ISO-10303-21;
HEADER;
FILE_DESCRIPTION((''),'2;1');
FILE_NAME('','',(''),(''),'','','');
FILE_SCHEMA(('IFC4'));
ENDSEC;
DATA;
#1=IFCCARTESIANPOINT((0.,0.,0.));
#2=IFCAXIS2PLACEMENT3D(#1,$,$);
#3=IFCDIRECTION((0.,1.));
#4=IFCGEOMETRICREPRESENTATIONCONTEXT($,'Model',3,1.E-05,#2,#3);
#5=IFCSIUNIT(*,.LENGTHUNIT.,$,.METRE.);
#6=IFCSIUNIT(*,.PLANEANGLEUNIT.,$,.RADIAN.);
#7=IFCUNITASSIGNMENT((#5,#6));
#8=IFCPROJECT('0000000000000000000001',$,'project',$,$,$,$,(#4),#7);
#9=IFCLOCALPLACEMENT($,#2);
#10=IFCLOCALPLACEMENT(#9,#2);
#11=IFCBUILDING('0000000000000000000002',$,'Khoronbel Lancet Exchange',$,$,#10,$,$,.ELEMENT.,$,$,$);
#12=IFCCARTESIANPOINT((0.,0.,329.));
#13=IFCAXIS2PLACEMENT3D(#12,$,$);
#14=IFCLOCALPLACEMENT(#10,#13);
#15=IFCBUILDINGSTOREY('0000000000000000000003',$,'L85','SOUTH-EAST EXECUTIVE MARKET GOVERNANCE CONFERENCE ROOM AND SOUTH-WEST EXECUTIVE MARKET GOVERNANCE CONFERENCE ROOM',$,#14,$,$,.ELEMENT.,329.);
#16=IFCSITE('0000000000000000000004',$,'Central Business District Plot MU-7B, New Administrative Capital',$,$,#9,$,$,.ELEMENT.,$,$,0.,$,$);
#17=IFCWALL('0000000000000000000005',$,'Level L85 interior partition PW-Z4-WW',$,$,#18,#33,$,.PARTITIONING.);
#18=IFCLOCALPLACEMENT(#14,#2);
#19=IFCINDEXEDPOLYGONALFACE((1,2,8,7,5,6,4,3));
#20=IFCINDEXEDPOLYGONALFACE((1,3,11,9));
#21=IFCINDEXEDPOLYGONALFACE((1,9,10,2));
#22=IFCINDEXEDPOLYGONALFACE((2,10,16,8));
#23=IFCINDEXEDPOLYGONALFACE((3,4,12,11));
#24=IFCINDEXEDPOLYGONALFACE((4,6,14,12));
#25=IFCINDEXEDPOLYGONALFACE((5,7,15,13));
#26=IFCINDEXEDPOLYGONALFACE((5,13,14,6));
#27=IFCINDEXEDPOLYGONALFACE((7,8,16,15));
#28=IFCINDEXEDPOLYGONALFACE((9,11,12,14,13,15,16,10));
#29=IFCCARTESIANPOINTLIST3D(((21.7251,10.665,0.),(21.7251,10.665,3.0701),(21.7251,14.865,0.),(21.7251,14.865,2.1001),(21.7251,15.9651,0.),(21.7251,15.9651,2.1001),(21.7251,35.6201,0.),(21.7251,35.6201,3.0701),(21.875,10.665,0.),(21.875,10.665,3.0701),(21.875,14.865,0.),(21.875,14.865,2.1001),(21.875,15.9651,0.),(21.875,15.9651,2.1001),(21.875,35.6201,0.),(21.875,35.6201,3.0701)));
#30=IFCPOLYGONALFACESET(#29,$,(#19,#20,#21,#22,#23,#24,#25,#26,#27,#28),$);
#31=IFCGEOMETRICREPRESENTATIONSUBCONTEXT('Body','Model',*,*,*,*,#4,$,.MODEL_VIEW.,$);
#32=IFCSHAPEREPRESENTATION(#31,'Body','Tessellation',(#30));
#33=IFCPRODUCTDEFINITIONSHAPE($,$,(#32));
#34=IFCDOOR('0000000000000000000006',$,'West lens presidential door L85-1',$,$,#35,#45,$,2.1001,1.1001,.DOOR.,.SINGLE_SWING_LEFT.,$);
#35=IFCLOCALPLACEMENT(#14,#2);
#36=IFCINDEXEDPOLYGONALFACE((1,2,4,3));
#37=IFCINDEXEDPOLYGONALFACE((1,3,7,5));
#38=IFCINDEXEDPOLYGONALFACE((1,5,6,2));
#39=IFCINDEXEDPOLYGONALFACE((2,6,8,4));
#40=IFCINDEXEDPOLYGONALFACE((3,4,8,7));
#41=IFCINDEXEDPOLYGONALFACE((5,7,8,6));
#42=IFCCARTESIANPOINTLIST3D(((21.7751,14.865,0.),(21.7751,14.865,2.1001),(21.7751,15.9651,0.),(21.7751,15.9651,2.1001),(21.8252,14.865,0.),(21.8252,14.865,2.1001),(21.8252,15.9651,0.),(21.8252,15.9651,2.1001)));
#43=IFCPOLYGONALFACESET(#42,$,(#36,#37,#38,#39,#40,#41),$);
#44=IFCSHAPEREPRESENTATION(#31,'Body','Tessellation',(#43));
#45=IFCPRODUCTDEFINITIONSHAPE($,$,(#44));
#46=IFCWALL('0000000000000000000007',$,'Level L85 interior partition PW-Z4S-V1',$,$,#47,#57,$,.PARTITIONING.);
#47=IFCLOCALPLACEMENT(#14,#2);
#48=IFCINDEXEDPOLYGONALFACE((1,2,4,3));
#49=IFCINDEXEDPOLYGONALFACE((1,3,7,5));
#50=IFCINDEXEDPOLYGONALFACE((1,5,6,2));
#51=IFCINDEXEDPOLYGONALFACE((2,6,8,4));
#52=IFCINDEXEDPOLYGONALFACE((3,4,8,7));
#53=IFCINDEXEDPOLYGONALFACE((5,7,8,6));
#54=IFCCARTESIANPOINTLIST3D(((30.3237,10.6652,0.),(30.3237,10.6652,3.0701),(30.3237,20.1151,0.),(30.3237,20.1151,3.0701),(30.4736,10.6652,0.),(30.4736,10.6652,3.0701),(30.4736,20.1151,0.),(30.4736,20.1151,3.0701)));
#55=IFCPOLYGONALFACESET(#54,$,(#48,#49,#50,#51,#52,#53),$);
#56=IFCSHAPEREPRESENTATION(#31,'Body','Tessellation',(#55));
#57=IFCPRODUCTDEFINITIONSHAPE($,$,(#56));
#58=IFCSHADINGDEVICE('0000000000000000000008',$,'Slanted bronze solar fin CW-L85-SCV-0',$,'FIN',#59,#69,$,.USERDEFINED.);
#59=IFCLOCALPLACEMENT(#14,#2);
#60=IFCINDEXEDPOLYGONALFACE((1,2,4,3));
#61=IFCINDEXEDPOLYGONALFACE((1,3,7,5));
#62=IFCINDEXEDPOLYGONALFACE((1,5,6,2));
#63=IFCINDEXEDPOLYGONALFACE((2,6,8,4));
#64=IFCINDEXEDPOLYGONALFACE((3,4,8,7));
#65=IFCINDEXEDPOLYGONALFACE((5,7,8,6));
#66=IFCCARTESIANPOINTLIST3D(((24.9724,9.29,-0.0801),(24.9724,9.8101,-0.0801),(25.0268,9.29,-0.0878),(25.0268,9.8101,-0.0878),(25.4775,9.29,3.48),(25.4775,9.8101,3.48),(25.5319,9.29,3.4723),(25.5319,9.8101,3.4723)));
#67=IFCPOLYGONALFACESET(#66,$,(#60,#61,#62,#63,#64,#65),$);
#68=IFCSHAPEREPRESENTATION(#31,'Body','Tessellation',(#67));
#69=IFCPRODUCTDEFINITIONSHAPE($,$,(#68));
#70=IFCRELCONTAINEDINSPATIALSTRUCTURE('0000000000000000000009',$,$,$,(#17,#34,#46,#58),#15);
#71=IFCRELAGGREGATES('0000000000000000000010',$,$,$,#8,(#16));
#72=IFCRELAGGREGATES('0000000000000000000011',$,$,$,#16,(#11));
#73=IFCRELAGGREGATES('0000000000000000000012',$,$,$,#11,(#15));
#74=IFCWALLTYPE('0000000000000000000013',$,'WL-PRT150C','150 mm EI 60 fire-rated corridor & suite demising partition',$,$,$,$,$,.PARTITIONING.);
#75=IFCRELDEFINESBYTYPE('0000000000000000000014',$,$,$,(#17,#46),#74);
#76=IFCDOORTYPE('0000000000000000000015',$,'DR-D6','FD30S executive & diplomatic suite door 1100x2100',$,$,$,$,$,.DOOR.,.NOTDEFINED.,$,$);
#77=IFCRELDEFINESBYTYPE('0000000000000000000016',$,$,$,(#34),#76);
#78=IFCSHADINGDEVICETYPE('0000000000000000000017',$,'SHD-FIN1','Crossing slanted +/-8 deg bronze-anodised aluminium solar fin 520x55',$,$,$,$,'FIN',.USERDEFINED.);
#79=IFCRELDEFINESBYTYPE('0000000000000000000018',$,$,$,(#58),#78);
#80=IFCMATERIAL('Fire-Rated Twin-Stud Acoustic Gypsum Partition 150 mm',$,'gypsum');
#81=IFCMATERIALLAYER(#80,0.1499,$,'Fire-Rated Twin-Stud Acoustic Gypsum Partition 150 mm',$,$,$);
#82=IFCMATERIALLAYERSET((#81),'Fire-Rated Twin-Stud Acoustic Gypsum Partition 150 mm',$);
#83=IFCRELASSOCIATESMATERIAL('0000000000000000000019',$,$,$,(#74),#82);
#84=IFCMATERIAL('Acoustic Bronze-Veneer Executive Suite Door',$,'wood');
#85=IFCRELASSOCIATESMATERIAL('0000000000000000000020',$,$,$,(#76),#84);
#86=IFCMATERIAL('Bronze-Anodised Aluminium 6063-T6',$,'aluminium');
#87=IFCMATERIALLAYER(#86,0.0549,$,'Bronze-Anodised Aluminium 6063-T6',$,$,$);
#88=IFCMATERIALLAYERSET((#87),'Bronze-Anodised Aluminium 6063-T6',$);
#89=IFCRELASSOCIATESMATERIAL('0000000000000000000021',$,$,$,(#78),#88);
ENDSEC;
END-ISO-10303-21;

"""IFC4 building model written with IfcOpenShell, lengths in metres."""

from ifc_helpers import new_model, si_unit, direction, frame, frame_2d, origin, place, context, subcontext, project, spatial, polyline, rectangle, outline, extrude, material, layer, layer_set, type_object, element, fill, save


model = new_model("IFC4")

# Units and contexts
model_context = context("Model", 3, precision=1e-05, world=origin(), true_north=direction((0.0, 1.0)))
body_context = subcontext(model_context, "Body", "Model", "MODEL_VIEW")
ifc_project = project(units=[si_unit("LENGTHUNIT", "METRE"), si_unit("PLANEANGLEUNIT", "RADIAN")], contexts=[model_context])

# Site, building, storey
site_placement = place(None, origin())
site = spatial("IfcSite", under=ifc_project, at=site_placement, Name="Central Business District Plot MU-7B, New Administrative Capital", CompositionType="ELEMENT", RefElevation=0.0)
building_placement = place(site_placement, origin())
building = spatial("IfcBuilding", under=site, at=building_placement, Name="Khoronbel Lancet Exchange", CompositionType="ELEMENT")
storey_placement = place(building_placement, frame((0.0, 0.0, 329.0)))
storey = spatial("IfcBuildingStorey", under=building, at=storey_placement, Name="L85", Description="SOUTH-EAST EXECUTIVE MARKET GOVERNANCE CONFERENCE ROOM AND SOUTH-WEST EXECUTIVE MARKET GOVERNANCE CONFERENCE ROOM", CompositionType="ELEMENT", Elevation=329.0)

# Shared definitions
ifc_material_1 = material(Name="Bronze-Anodised Aluminium 6063-T6", Category="aluminium")

# Wall, opening, door
ifc_material_2 = material(Name="Fire-Rated Twin-Stud Acoustic Gypsum Partition 150 mm", Category="gypsum")
ifc_layer_1 = layer(ifc_material_2, 0.1499, Name="Fire-Rated Twin-Stud Acoustic Gypsum Partition 150 mm")
ifc_layer_set_1 = layer_set([ifc_layer_1], Name="Fire-Rated Twin-Stud Acoustic Gypsum Partition 150 mm")
wall_type = type_object("IfcWallType", Name="WL-PRT150C", Description="150 mm EI 60 fire-rated corridor & suite demising partition", PredefinedType="PARTITIONING", material=ifc_layer_set_1)
wall_1_placement = place(storey_placement, frame((21.8, 10.665, 0.0), z_axis=(0.0, 0.0, 1.0), x_axis=(0.0, 1.0, 0.0)))
wall_1 = element("IfcWall", 1, at=wall_1_placement, inside=storey, type_object=wall_type, Name="Level L85 interior partition PW-Z4-WW", PredefinedType="PARTITIONING", context=body_context, shape_type="SweptSolid", body=[
    extrude(rectangle(XDim=24.9551, YDim=0.1499, at=frame_2d((12.4775, 0.0))), origin(), (0.0, 0.0, 1.0), 3.0701),
])
opening_placement = place(wall_1_placement, frame((4.2, 0.0, 0.0)))
opening = element("IfcOpeningElement", 2, at=opening_placement, cuts=wall_1, PredefinedType="OPENING", context=body_context, shape_type="SweptSolid", body=[
    extrude(rectangle(XDim=1.1001, YDim=2.1001, at=frame_2d((0.55, 1.05))), frame((0.0, 0.085, 0.0), z_axis=(0.0, -1.0, 0.0), x_axis=(1.0, 0.0, 0.0)), (0.0, 0.0, 1.0), 0.1699),
])
ifc_material_3 = material(Name="Acoustic Bronze-Veneer Executive Suite Door", Category="wood")
door_type = type_object("IfcDoorType", Name="DR-D6", Description="FD30S executive & diplomatic suite door 1100x2100", OperationType="NOTDEFINED", PredefinedType="DOOR", material=ifc_material_3)
door_placement = place(opening_placement, origin())
door = element("IfcDoor", 3, at=door_placement, inside=storey, type_object=door_type, Name="West lens presidential door L85-1", OperationType="SINGLE_SWING_LEFT", OverallHeight=2.1001, OverallWidth=1.1001, PredefinedType="DOOR", context=body_context, shape_type="SweptSolid", body=[
    extrude(rectangle(XDim=1.1001, YDim=2.1001, at=frame_2d((0.55, 1.05))), frame((0.0, 0.0249, 0.0), z_axis=(0.0, -1.0, 0.0), x_axis=(1.0, 0.0, 0.0)), (0.0, 0.0, 1.0), 0.05),
])
fill(opening, door)

# Wall
wall_2_placement = place(storey_placement, frame((30.3987, 10.665, 0.0), z_axis=(0.0, 0.0, 1.0), x_axis=(0.0, 1.0, 0.0)))
element("IfcWall", 4, at=wall_2_placement, inside=storey, type_object=wall_type, Name="Level L85 interior partition PW-Z4S-V1", PredefinedType="PARTITIONING", context=body_context, shape_type="SweptSolid", body=[
    extrude(rectangle(XDim=9.45, YDim=0.1499, at=frame_2d((4.7251, 0.0))), origin(), (0.0, 0.0, 1.0), 3.0701),
])

# Shading device
ifc_layer_2 = layer(ifc_material_1, 0.0549, Name="Bronze-Anodised Aluminium 6063-T6")
ifc_layer_set_2 = layer_set([ifc_layer_2], Name="Bronze-Anodised Aluminium 6063-T6")
shading_device_type = type_object("IfcShadingDeviceType", Name="SHD-FIN1", Description="Crossing slanted +/-8 deg bronze-anodised aluminium solar fin 520x55", ElementType="FIN", PredefinedType="USERDEFINED", material=ifc_layer_set_2)
shading_device_placement = place(storey_placement, frame((24.9724, 9.8101, -0.0801), z_axis=(-0.990083, 0.0, 0.14048), x_axis=(0.0, -1.0, 0.0)))
element("IfcShadingDevice", 5, at=shading_device_placement, inside=storey, type_object=shading_device_type, Name="Slanted bronze solar fin CW-L85-SCV-0", ObjectType="FIN", PredefinedType="USERDEFINED", context=body_context, shape_type="SweptSolid", body=[
    extrude(outline(polyline([(0.0, 0.0), (0.52, 0.0), (0.52, 3.5957), (0.0, 3.5957), (0.0, 0.0)])), origin(), (0.0, 0.0, -1.0), 0.0549),
])

save(model, "model.ifc")
